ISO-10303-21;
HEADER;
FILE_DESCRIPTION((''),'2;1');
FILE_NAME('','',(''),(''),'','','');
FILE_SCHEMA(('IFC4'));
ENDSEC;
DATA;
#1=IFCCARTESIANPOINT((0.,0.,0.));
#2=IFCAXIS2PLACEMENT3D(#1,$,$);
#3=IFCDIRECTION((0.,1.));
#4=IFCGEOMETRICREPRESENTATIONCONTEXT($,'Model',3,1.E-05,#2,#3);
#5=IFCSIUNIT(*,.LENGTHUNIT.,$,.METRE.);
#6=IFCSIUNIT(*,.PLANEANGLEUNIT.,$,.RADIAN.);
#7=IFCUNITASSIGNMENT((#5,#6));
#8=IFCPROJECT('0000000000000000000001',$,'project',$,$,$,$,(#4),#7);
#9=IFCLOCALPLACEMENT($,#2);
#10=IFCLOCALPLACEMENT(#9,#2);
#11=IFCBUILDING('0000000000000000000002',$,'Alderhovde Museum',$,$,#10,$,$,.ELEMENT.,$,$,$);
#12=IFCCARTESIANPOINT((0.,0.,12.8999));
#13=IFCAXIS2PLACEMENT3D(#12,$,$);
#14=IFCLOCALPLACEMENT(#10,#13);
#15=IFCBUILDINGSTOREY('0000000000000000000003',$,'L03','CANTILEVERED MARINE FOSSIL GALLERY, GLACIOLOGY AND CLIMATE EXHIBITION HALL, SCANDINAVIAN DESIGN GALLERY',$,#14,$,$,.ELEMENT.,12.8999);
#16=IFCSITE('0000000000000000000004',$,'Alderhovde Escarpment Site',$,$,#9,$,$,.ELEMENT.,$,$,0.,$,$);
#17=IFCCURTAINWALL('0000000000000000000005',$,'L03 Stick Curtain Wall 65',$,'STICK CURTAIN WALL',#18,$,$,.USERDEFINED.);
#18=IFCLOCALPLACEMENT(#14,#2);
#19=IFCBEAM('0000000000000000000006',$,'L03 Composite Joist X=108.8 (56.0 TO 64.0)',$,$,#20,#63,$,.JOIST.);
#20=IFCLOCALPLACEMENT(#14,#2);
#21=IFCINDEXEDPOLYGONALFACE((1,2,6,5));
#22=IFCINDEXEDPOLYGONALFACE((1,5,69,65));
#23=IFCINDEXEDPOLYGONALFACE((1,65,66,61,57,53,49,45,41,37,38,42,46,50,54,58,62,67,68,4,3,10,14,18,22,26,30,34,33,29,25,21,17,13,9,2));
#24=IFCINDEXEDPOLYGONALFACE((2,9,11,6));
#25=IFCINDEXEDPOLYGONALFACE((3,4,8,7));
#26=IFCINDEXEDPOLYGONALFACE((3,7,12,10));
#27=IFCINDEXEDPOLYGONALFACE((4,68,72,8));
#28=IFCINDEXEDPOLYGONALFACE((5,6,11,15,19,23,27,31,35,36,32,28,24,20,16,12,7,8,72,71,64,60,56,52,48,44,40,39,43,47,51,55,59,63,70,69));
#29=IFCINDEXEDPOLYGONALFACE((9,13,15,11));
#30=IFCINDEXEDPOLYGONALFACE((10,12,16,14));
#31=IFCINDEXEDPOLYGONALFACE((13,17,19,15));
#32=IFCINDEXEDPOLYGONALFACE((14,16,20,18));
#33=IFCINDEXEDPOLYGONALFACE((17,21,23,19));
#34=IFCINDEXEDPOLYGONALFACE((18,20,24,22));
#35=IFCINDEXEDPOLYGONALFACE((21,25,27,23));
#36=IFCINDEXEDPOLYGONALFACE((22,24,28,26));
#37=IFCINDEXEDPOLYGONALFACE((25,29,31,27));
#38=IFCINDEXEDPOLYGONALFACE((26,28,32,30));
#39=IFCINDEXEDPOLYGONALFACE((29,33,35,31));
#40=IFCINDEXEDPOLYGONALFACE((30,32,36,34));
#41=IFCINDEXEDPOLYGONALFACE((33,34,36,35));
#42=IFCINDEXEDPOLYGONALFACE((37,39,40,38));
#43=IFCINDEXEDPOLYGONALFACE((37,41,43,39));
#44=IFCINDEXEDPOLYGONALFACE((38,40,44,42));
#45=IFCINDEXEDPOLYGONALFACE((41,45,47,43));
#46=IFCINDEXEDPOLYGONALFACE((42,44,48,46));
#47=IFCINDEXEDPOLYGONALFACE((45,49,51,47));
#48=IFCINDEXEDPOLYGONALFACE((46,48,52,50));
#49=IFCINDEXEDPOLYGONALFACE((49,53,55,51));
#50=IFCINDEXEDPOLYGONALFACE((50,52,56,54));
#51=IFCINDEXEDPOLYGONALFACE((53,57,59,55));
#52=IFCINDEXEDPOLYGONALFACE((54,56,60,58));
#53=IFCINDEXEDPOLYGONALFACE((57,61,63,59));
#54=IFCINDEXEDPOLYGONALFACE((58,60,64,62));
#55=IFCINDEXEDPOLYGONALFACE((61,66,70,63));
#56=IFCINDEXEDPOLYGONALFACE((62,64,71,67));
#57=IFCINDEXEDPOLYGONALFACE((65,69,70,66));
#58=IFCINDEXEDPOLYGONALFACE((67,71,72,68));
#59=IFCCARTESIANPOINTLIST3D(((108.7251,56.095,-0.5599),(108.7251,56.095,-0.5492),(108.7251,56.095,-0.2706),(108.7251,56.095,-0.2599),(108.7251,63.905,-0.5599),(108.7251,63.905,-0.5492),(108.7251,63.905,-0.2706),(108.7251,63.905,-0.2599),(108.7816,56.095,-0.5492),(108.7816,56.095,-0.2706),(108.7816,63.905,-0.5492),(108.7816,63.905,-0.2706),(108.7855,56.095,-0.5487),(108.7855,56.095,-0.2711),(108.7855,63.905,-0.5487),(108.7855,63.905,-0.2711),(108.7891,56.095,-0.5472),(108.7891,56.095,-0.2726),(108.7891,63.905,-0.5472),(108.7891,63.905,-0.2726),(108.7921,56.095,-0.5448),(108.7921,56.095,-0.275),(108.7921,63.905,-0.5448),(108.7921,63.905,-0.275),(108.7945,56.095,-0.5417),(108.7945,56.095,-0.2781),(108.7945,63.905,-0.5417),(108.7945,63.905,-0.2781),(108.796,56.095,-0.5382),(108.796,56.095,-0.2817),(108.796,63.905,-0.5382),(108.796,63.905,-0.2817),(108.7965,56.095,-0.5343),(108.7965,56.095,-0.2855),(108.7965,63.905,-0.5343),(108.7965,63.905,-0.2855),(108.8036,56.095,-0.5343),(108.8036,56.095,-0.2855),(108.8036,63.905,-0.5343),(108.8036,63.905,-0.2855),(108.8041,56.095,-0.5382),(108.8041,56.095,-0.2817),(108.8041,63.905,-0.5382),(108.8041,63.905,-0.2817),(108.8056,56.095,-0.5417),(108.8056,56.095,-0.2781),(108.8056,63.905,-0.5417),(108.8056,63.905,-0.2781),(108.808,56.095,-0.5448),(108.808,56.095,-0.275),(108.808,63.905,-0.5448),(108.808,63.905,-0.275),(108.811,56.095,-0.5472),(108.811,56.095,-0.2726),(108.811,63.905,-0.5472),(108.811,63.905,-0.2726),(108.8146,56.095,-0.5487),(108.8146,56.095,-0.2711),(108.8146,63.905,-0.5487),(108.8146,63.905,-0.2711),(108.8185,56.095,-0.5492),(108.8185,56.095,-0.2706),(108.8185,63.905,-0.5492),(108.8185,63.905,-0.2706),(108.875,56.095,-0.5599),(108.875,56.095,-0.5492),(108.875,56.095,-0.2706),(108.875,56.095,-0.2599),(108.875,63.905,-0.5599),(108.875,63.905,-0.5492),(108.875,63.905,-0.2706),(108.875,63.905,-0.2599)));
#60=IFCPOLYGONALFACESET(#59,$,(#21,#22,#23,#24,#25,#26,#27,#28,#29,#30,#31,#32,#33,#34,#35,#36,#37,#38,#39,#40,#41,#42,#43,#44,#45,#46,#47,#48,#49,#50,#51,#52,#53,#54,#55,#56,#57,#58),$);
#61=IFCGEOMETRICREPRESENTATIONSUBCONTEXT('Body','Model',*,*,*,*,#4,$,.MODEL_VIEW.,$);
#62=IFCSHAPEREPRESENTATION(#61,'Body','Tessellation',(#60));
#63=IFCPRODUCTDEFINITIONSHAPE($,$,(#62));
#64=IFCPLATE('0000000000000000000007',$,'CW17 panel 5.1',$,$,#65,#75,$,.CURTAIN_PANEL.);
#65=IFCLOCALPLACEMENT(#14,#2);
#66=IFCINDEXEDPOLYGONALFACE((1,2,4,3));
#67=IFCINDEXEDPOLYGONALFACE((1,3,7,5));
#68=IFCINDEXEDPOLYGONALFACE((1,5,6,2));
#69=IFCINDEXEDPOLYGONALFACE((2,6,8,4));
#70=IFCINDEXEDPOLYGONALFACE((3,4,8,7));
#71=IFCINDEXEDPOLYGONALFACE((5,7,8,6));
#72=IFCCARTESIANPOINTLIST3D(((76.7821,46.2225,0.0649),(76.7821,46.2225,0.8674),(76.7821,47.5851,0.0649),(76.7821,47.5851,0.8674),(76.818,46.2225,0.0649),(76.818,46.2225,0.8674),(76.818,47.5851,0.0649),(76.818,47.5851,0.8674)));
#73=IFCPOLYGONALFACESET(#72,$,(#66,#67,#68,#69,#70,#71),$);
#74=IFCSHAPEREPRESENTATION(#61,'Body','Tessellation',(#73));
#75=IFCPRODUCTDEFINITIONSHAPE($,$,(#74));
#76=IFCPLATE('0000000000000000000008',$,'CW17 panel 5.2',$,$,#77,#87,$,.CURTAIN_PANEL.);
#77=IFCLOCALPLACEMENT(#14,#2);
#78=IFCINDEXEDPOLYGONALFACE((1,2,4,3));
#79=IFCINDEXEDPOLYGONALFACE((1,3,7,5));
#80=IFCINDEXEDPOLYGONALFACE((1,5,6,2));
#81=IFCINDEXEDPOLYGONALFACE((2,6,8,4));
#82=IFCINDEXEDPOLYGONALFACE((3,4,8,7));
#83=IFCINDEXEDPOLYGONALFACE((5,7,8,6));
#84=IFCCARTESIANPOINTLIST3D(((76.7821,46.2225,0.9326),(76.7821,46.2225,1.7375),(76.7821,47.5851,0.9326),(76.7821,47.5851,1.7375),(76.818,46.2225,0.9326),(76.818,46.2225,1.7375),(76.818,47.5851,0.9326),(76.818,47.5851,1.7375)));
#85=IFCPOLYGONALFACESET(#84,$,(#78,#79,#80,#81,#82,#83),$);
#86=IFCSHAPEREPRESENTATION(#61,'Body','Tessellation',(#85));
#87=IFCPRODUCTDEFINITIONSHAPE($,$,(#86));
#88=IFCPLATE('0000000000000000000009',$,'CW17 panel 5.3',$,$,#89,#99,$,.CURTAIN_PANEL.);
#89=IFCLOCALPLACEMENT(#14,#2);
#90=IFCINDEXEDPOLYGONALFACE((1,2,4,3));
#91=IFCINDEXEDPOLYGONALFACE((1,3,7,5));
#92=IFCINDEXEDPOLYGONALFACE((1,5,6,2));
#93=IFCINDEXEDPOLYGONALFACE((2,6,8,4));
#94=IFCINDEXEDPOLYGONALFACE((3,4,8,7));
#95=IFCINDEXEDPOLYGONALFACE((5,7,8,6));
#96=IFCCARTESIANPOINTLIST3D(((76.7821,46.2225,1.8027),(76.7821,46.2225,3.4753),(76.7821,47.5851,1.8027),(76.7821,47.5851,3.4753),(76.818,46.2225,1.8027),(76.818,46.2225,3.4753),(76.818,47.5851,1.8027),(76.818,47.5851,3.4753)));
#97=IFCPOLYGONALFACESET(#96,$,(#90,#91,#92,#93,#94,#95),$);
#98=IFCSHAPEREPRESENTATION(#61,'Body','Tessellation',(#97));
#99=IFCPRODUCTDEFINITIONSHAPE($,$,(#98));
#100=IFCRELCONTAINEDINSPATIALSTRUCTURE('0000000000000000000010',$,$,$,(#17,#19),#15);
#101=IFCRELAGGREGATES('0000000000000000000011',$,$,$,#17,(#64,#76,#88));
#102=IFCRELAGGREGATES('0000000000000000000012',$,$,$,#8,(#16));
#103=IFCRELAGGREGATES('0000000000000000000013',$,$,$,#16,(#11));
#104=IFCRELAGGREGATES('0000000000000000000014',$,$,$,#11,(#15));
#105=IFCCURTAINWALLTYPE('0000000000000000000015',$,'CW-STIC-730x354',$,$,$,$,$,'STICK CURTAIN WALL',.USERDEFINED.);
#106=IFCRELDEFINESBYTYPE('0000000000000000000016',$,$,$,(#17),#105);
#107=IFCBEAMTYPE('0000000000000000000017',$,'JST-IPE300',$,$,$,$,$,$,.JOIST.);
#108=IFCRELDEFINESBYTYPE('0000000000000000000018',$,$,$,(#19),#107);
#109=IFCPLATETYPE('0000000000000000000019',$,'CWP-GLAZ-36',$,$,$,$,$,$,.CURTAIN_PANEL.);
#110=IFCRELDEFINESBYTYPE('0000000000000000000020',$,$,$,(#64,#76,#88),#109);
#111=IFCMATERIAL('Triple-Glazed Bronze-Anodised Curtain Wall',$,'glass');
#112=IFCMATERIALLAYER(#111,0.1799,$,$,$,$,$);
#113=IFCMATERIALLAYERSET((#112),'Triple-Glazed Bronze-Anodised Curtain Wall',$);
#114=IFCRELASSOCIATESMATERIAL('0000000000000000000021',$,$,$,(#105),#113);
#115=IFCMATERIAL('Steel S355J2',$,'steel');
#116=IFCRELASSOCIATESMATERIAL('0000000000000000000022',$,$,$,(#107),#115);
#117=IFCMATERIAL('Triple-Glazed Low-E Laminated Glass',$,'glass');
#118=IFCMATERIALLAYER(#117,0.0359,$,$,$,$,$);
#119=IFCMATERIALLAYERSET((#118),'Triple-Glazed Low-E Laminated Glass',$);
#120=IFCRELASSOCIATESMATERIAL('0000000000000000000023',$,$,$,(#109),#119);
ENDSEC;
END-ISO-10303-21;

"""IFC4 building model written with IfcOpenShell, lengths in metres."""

from ifc_helpers import new_model, si_unit, direction, frame, origin, origin_2d, place, context, subcontext, project, spatial, rectangle, i_section, extrude, material, layer, layer_set, material_profile, profile_set, type_object, element, aggregate, save


model = new_model("IFC4")

# Units and contexts
model_context = context("Model", 3, precision=1e-05, world=origin(), true_north=direction((0.0, 1.0)))
body_context = subcontext(model_context, "Body", "Model", "MODEL_VIEW")
ifc_project = project(units=[si_unit("LENGTHUNIT", "METRE"), si_unit("PLANEANGLEUNIT", "RADIAN")], contexts=[model_context])

# Site, building, storey
site_placement = place(None, origin())
site = spatial("IfcSite", under=ifc_project, at=site_placement, Name="Alderhovde Escarpment Site", CompositionType="ELEMENT", RefElevation=0.0)
building_placement = place(site_placement, origin())
building = spatial("IfcBuilding", under=site, at=building_placement, Name="Alderhovde Museum", CompositionType="ELEMENT")
storey_placement = place(building_placement, frame((0.0, 0.0, 12.8999)))
storey = spatial("IfcBuildingStorey", under=building, at=storey_placement, Name="L03", Description="CANTILEVERED MARINE FOSSIL GALLERY, GLACIOLOGY AND CLIMATE EXHIBITION HALL, SCANDINAVIAN DESIGN GALLERY", CompositionType="ELEMENT", Elevation=12.8999)

# Curtain wall
ifc_material_1 = material(Name="Triple-Glazed Bronze-Anodised Curtain Wall", Category="glass")
ifc_layer_1 = layer(ifc_material_1, 0.1799)
ifc_layer_set_1 = layer_set([ifc_layer_1], Name="Triple-Glazed Bronze-Anodised Curtain Wall")
curtain_wall_type = type_object("IfcCurtainWallType", Name="CW-STIC-730x354", ElementType="STICK CURTAIN WALL", PredefinedType="USERDEFINED", material=ifc_layer_set_1)
curtain_wall_placement = place(storey_placement, origin())
curtain_wall = element("IfcCurtainWall", 1, at=curtain_wall_placement, inside=storey, type_object=curtain_wall_type, Name="L03 Stick Curtain Wall 65", ObjectType="STICK CURTAIN WALL", PredefinedType="USERDEFINED")

# Beam
ifc_material_2 = material(Name="Steel S355J2", Category="steel")
ifc_material_profile_1 = material_profile(ifc_material_2, i_section(OverallWidth=0.1499, OverallDepth=0.3, WebThickness=0.0071, FlangeThickness=0.0107, FilletRadius=0.0149, at=origin_2d()), Name="IPE 300")
ifc_profile_set_1 = profile_set([ifc_material_profile_1], Name="Steel S355J2")
beam_type_1 = type_object("IfcBeamType", Name="JST-IPE300", PredefinedType="JOIST", material=ifc_profile_set_1)
for number, where, z_axis, x_axis, name in (
    (2, (108.8, 56.095, -0.4099), (0.0, 1.0, 0.0), (-1.0, 0.0, 0.0), "L03 Composite Joist X=108.8 (56.0 TO 64.0)"),
):
    element("IfcBeam", number, at=place(storey_placement, frame(where, z_axis=z_axis, x_axis=x_axis)), inside=storey, type_object=beam_type_1, Name=name, PredefinedType="JOIST", context=body_context, shape_type="SweptSolid", body=[
        extrude(i_section(OverallWidth=0.1499, OverallDepth=0.3, WebThickness=0.0071, FlangeThickness=0.0107, FilletRadius=0.0149, at=origin_2d()), origin(), (0.0, 0.0, 1.0), 7.8101),
    ])

# Plates
ifc_material_3 = material(Name="Triple-Glazed Low-E Laminated Glass", Category="glass")
ifc_layer_2 = layer(ifc_material_3, 0.0359)
ifc_layer_set_2 = layer_set([ifc_layer_2], Name="Triple-Glazed Low-E Laminated Glass")
plate_type = type_object("IfcPlateType", Name="CWP-GLAZ-36", PredefinedType="CURTAIN_PANEL", material=ifc_layer_set_2)
plate_1_placement = place(storey_placement, frame((76.8, 46.9038, 0.0649), z_axis=(0.0, 0.0, 1.0), x_axis=(0.0, 1.0, 0.0)))
plate_1 = element("IfcPlate", 3, at=plate_1_placement, type_object=plate_type, Name="CW17 panel 5.1", PredefinedType="CURTAIN_PANEL", context=body_context, shape_type="SweptSolid", body=[
    extrude(rectangle(XDim=1.3625, YDim=0.0359, at=origin_2d()), origin(), (0.0, 0.0, 1.0), 0.8025),
])
plate_2_placement = place(storey_placement, frame((76.8, 46.9038, 0.9326), z_axis=(0.0, 0.0, 1.0), x_axis=(0.0, 1.0, 0.0)))
plate_2 = element("IfcPlate", 4, at=plate_2_placement, type_object=plate_type, Name="CW17 panel 5.2", PredefinedType="CURTAIN_PANEL", context=body_context, shape_type="SweptSolid", body=[
    extrude(rectangle(XDim=1.3625, YDim=0.0359, at=origin_2d()), origin(), (0.0, 0.0, 1.0), 0.8049),
])
plate_3_placement = place(storey_placement, frame((76.8, 46.9038, 1.8027), z_axis=(0.0, 0.0, 1.0), x_axis=(0.0, 1.0, 0.0)))
plate_3 = element("IfcPlate", 5, at=plate_3_placement, type_object=plate_type, Name="CW17 panel 5.3", PredefinedType="CURTAIN_PANEL", context=body_context, shape_type="SweptSolid", body=[
    extrude(rectangle(XDim=1.3625, YDim=0.0359, at=origin_2d()), origin(), (0.0, 0.0, 1.0), 1.6726),
])
aggregate(curtain_wall, [plate_1, plate_2, plate_3])

save(model, "model.ifc")
